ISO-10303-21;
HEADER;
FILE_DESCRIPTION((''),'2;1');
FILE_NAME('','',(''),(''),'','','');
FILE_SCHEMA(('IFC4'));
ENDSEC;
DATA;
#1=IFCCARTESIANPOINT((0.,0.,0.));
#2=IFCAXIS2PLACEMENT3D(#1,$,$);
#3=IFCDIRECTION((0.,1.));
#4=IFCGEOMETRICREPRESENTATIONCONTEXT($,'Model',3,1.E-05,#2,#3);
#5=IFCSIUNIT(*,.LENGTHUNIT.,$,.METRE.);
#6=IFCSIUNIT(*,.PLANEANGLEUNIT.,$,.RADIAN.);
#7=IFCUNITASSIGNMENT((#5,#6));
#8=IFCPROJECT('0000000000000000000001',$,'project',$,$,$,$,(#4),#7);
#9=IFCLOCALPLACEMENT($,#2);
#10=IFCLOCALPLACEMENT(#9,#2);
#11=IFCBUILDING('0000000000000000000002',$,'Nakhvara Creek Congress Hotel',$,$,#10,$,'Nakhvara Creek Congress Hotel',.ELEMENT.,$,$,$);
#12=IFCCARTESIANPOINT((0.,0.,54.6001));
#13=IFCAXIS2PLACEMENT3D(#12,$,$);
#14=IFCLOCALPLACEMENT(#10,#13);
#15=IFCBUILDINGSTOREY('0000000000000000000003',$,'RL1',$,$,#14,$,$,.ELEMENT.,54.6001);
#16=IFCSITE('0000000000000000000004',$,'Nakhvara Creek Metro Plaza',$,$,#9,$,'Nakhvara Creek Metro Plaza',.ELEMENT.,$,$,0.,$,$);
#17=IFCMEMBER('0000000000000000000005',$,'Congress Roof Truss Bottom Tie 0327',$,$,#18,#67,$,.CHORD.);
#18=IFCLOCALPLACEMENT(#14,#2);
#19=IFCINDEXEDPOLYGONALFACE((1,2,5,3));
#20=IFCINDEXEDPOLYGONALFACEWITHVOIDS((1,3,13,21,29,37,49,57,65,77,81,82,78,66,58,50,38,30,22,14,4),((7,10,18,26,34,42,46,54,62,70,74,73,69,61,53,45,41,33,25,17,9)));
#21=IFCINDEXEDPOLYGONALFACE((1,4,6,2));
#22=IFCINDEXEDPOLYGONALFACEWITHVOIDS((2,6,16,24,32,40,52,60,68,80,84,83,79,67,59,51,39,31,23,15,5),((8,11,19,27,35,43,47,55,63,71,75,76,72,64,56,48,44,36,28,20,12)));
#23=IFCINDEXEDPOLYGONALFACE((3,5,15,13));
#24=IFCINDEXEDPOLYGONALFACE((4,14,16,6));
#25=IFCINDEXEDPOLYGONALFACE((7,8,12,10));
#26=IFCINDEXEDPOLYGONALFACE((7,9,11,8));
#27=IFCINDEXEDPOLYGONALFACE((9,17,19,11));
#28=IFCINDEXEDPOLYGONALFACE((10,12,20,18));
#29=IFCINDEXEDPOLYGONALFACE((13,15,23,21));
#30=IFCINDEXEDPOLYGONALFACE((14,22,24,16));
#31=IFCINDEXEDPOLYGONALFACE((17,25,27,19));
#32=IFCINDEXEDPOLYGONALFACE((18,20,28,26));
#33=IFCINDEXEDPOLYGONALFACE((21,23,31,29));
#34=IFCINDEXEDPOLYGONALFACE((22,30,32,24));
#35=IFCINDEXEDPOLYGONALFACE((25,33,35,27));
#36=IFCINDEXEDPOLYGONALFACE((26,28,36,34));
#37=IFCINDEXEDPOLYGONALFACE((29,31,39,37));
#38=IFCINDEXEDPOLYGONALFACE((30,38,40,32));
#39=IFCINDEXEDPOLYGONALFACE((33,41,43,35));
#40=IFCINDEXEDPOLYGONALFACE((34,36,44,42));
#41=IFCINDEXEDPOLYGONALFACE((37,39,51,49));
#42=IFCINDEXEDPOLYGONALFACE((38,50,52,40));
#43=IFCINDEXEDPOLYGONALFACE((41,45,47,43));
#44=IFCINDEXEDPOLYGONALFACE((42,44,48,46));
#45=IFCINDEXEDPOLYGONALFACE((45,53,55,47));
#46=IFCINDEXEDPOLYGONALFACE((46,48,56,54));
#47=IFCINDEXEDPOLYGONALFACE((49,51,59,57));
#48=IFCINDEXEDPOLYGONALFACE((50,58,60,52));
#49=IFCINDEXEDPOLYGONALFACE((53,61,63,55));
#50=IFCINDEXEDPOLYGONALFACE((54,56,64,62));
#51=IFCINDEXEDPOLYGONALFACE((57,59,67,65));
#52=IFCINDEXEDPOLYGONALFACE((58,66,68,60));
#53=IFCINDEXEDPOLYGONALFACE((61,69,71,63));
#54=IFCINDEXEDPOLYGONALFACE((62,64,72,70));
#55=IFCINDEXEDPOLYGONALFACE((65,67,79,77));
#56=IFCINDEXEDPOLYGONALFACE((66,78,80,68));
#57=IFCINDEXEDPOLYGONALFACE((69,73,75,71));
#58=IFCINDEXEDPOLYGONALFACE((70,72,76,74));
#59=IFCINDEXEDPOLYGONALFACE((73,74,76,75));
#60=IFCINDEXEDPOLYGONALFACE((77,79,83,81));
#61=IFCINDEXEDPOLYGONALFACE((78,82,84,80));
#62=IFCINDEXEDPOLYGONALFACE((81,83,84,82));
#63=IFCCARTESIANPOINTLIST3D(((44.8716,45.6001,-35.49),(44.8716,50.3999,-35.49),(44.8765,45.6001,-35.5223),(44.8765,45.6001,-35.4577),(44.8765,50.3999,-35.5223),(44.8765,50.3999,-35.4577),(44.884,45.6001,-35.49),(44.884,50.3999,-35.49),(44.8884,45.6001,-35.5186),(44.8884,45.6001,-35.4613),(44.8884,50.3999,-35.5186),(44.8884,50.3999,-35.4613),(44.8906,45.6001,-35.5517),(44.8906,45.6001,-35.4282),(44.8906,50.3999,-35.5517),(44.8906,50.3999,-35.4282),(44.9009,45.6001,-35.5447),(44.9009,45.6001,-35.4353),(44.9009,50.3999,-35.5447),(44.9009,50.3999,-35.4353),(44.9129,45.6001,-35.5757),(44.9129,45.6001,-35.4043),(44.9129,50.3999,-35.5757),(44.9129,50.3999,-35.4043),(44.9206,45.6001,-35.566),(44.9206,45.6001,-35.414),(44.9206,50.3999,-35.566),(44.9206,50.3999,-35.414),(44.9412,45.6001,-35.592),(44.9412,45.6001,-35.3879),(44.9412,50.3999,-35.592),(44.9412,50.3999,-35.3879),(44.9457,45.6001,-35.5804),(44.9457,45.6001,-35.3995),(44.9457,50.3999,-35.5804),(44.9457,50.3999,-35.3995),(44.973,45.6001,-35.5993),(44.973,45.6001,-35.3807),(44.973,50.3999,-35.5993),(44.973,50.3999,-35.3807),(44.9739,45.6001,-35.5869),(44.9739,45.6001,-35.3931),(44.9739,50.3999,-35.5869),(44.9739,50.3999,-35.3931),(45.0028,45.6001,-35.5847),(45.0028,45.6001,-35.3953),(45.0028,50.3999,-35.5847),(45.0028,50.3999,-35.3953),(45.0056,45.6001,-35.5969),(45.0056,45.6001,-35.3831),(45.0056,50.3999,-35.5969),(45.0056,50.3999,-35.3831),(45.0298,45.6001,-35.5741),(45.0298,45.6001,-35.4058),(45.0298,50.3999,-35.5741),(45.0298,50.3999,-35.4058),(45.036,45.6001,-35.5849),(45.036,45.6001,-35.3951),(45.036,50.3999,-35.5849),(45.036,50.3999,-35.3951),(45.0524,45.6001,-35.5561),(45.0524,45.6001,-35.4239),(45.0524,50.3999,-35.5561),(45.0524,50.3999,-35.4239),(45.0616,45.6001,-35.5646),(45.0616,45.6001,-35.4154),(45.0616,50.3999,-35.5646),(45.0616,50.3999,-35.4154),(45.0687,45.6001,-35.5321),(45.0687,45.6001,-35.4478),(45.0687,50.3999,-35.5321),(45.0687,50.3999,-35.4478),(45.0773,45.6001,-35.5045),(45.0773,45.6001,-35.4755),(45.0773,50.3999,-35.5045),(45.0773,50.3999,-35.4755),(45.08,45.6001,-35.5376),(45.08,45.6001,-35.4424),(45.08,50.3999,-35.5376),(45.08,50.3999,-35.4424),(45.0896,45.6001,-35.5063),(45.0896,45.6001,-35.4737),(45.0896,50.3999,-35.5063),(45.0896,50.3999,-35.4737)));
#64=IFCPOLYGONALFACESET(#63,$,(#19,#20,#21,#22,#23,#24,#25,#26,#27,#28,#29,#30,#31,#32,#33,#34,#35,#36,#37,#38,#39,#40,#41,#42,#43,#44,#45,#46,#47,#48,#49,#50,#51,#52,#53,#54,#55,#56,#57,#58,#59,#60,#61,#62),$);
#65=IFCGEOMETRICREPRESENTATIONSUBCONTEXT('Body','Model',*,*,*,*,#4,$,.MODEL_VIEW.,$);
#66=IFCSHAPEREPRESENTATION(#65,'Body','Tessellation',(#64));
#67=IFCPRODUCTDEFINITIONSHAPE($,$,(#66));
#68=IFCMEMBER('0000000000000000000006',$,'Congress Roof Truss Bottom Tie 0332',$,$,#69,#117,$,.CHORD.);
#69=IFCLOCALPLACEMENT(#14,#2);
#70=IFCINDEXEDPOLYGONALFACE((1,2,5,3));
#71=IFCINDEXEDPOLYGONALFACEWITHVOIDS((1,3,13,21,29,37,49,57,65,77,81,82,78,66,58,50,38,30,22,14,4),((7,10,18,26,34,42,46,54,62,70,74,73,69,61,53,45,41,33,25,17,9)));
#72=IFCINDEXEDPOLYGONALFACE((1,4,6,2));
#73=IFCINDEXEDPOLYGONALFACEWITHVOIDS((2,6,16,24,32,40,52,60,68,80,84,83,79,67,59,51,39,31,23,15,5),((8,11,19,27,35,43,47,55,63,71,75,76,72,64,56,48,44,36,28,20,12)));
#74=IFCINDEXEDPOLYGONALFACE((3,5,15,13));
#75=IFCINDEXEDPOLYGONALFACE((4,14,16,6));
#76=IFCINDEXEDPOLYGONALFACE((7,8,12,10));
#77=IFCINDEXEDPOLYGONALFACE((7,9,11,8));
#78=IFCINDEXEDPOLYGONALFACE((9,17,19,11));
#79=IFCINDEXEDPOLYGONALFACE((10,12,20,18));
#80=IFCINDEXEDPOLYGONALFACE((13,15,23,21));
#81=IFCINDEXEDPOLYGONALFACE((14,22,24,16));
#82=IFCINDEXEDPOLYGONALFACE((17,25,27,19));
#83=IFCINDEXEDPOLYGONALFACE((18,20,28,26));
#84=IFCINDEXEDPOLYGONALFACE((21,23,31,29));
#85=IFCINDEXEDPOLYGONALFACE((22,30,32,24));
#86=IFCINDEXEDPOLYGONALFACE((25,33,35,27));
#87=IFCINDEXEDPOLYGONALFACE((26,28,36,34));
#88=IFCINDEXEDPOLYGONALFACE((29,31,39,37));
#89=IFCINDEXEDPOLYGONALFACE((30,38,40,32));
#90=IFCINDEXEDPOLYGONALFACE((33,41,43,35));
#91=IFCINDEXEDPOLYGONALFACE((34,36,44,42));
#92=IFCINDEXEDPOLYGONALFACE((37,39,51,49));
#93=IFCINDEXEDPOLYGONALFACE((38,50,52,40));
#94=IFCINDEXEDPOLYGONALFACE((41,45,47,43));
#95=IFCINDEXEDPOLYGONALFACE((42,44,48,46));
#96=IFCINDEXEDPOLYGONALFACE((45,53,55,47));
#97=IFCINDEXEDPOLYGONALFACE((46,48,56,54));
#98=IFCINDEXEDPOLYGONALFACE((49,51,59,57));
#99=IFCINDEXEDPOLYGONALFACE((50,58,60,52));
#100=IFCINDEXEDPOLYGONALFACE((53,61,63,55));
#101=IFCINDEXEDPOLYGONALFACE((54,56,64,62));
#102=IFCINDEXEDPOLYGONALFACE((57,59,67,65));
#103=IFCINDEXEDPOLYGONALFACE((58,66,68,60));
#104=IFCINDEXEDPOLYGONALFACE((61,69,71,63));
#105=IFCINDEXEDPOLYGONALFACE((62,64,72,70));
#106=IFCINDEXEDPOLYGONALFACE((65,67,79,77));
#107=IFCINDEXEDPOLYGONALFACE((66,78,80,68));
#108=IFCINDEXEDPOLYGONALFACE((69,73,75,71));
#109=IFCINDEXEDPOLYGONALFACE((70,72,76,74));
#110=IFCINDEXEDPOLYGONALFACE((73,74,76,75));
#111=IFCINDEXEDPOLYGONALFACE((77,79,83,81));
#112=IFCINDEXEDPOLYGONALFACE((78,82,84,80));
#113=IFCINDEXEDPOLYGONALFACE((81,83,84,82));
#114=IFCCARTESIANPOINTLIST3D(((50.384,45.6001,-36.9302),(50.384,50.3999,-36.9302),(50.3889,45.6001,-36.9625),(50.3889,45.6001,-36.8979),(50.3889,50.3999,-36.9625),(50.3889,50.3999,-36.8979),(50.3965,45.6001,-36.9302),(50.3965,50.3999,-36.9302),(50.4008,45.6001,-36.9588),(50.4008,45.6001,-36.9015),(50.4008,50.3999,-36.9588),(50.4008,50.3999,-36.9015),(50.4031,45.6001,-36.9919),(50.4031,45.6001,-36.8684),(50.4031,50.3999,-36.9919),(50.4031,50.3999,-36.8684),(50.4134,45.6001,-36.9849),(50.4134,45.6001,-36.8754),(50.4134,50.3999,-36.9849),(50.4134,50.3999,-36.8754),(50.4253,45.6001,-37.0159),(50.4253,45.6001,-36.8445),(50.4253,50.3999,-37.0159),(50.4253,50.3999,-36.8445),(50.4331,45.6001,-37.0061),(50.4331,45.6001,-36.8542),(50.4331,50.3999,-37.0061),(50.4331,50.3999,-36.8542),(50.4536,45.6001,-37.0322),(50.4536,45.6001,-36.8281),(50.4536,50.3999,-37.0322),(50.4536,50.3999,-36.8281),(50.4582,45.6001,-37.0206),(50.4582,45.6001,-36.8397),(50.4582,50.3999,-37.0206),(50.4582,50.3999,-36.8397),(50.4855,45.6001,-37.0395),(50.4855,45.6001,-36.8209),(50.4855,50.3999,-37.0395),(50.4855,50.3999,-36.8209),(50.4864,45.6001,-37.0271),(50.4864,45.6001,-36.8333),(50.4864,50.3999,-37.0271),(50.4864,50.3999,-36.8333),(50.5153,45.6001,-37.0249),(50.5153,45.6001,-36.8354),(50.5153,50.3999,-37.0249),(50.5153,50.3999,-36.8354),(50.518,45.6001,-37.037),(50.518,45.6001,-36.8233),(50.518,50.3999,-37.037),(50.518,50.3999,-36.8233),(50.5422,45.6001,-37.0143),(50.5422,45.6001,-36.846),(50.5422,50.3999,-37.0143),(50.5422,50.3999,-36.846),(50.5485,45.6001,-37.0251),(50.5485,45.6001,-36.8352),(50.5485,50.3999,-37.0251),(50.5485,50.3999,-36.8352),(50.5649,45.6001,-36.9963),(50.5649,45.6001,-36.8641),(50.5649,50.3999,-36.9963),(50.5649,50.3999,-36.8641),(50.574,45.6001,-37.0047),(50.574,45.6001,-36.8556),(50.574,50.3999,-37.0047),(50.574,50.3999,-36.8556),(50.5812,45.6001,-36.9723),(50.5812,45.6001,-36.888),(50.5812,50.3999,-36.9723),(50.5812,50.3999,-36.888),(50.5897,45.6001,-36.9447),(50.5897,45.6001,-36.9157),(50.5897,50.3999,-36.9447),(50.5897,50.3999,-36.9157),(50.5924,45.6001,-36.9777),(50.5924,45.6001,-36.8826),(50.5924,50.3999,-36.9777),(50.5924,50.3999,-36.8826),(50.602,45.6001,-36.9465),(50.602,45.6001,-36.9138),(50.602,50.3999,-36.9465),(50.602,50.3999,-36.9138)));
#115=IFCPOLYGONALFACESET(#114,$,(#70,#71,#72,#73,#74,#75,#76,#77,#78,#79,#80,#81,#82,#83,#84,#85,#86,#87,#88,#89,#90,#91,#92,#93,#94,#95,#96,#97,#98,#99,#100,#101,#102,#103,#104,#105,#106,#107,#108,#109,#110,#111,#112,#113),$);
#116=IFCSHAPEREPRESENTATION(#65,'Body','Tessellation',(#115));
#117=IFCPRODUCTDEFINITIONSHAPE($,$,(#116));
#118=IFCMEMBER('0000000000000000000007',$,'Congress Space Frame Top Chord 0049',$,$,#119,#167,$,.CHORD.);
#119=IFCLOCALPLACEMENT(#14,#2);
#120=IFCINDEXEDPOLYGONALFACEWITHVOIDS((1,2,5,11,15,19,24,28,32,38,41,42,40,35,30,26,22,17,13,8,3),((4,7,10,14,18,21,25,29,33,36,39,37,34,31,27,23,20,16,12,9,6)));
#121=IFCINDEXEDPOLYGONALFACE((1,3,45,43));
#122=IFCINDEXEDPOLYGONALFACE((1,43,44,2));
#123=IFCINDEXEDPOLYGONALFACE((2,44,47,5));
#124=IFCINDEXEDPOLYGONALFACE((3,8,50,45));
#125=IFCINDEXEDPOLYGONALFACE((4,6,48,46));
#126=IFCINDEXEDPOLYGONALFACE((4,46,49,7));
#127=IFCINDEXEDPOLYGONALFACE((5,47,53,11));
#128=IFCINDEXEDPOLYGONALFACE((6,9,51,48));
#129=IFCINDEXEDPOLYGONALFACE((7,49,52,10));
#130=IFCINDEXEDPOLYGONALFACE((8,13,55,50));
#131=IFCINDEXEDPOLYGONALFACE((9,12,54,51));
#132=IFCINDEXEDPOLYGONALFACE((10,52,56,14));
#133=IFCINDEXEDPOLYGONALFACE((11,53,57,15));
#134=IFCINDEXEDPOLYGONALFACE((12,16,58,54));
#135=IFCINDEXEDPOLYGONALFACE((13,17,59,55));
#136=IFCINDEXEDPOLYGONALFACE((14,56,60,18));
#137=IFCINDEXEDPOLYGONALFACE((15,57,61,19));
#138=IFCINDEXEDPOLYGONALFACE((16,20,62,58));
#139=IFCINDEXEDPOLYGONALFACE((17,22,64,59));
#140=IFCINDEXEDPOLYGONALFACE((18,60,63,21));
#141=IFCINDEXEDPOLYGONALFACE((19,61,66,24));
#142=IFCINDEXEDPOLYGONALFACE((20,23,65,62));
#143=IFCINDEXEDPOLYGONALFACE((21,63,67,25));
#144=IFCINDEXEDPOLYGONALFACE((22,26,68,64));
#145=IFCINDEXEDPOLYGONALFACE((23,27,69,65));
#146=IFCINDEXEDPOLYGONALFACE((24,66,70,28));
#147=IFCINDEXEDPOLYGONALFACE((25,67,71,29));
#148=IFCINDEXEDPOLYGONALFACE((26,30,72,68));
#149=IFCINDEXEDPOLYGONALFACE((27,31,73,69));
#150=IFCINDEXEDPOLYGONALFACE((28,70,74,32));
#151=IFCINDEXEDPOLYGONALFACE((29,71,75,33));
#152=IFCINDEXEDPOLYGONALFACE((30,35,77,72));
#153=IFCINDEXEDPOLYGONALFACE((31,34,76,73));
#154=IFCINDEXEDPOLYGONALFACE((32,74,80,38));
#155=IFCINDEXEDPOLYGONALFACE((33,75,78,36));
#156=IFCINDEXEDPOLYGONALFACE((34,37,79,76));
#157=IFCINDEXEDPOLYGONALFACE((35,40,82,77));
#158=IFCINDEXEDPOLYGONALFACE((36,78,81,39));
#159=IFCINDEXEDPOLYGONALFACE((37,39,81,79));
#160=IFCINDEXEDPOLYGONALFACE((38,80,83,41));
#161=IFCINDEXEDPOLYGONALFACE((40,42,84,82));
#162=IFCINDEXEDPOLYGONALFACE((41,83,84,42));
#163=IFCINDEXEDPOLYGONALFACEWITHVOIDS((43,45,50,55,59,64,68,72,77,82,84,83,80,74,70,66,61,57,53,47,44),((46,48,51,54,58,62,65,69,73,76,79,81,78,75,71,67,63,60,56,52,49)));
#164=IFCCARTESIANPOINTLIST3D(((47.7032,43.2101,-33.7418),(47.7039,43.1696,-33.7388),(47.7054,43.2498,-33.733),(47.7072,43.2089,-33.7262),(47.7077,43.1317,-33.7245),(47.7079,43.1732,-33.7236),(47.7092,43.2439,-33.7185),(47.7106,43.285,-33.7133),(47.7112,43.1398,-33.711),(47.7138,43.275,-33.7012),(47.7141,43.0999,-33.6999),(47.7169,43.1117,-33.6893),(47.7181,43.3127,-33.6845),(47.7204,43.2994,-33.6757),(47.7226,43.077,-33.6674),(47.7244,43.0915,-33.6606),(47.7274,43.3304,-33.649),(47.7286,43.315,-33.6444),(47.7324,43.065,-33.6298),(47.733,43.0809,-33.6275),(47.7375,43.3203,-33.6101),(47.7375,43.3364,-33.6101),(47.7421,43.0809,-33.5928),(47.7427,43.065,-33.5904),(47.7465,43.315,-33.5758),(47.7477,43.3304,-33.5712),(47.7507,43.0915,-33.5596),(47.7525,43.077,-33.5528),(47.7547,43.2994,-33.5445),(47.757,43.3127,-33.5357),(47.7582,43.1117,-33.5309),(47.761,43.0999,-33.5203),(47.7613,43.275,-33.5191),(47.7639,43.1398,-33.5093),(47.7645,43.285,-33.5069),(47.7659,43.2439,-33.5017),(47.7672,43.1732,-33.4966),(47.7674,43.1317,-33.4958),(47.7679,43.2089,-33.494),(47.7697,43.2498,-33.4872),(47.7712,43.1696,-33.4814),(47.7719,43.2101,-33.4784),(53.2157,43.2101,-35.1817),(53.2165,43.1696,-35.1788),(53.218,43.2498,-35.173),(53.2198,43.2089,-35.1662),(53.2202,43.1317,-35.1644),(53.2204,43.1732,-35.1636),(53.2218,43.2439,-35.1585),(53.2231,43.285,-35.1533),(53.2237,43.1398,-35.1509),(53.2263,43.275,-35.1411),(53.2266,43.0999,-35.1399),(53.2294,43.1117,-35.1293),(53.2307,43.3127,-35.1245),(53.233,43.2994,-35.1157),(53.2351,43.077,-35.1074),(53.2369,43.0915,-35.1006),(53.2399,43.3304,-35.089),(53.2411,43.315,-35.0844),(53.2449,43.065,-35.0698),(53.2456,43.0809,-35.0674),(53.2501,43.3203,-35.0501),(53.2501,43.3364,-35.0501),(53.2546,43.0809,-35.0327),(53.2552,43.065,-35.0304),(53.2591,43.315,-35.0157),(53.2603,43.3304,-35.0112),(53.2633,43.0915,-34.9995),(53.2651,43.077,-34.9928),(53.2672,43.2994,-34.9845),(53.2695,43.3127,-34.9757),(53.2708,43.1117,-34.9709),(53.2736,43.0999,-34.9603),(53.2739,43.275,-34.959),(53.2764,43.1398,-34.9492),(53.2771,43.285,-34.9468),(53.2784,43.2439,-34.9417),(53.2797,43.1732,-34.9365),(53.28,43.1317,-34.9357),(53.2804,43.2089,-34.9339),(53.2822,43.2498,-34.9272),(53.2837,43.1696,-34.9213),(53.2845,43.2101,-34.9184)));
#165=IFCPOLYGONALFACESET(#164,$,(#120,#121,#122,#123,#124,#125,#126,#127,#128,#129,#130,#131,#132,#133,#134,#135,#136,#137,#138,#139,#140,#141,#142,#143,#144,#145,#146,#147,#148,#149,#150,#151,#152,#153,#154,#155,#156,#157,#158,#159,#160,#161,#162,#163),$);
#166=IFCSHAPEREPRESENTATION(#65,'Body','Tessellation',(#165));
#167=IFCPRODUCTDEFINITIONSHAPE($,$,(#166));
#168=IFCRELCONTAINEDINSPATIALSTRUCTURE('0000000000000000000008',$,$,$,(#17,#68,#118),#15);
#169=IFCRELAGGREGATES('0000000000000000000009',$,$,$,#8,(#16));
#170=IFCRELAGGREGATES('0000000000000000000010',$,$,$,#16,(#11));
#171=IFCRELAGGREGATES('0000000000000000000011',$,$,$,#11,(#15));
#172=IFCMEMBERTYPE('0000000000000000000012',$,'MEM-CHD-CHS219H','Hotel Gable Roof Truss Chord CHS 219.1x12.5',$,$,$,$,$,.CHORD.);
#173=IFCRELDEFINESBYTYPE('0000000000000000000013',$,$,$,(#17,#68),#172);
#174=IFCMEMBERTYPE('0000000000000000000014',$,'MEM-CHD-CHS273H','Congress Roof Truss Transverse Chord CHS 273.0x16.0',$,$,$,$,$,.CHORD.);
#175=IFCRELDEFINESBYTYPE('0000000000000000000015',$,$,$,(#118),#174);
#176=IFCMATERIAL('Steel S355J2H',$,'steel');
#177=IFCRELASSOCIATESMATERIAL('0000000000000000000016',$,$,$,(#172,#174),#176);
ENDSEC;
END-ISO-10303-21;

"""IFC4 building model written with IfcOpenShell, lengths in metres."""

from ifc_helpers import new_model, si_unit, direction, frame, origin, origin_2d, place, context, subcontext, project, spatial, hollow_circle, extrude, material, material_profile, profile_set, type_object, element, save


model = new_model("IFC4")

# Units and contexts
model_context = context("Model", 3, precision=1e-05, world=origin(), true_north=direction((0.0, 1.0)))
body_context = subcontext(model_context, "Body", "Model", "MODEL_VIEW")
ifc_project = project(units=[si_unit("LENGTHUNIT", "METRE"), si_unit("PLANEANGLEUNIT", "RADIAN")], contexts=[model_context])

# Site, building, storey
site_placement = place(None, origin())
site = spatial("IfcSite", under=ifc_project, at=site_placement, Name="Nakhvara Creek Metro Plaza", LongName="Nakhvara Creek Metro Plaza", CompositionType="ELEMENT", RefElevation=0.0)
building_placement = place(site_placement, origin())
building = spatial("IfcBuilding", under=site, at=building_placement, Name="Nakhvara Creek Congress Hotel", LongName="Nakhvara Creek Congress Hotel", CompositionType="ELEMENT")
storey_placement = place(building_placement, frame((0.0, 0.0, 54.6001)))
storey = spatial("IfcBuildingStorey", under=building, at=storey_placement, Name="RL1", CompositionType="ELEMENT", Elevation=54.6001)

# Members
ifc_material_1 = material(Name="Steel S355J2H", Category="steel")
ifc_material_profile_1 = material_profile(ifc_material_1, hollow_circle(Radius=0.1096, WallThickness=0.0125, at=origin_2d()), Name="CHS 219.1x12.5", Category="LoadBearing")
ifc_profile_set_1 = profile_set([ifc_material_profile_1], Name="Steel S355J2H")
member_type_1 = type_object("IfcMemberType", Name="MEM-CHD-CHS219H", Description="Hotel Gable Roof Truss Chord CHS 219.1x12.5", PredefinedType="CHORD", material=ifc_profile_set_1)
for number, where, z_axis, x_axis, name in (
    (1, (44.9812, 45.6001, -35.49), (0.0, 1.0, 0.0), (-1.0, 0.0, 0.0), "Congress Roof Truss Bottom Tie 0327"),
    (2, (50.4937, 45.6001, -36.9302), (0.0, 1.0, 0.0), (-1.0, 0.0, 0.0), "Congress Roof Truss Bottom Tie 0332"),
):
    element("IfcMember", number, at=place(storey_placement, frame(where, z_axis=z_axis, x_axis=x_axis)), inside=storey, type_object=member_type_1, Name=name, PredefinedType="CHORD", context=body_context, shape_type="SweptSolid", body=[
        extrude(hollow_circle(Radius=0.1096, WallThickness=0.0125, at=origin_2d()), origin(), (0.0, 0.0, 1.0), 4.7998),
    ])
ifc_material_profile_2 = material_profile(ifc_material_1, hollow_circle(Radius=0.1365, WallThickness=0.0161, at=origin_2d()), Name="CHS 273.0x16.0", Category="LoadBearing")
ifc_profile_set_2 = profile_set([ifc_material_profile_2], Name="Steel S355J2H")
member_type_2 = type_object("IfcMemberType", Name="MEM-CHD-CHS273H", Description="Congress Roof Truss Transverse Chord CHS 273.0x16.0", PredefinedType="CHORD", material=ifc_profile_set_2)
member_1_placement = place(storey_placement, frame((47.7375, 43.2, -33.6101), z_axis=(0.967535, 0.0, -0.252736), x_axis=(0.0, 1.0, 0.0)))
element("IfcMember", 3, at=member_1_placement, inside=storey, type_object=member_type_2, Name="Congress Space Frame Top Chord 0049", PredefinedType="CHORD", context=body_context, shape_type="SweptSolid", body=[
    extrude(hollow_circle(Radius=0.1365, WallThickness=0.0161, at=origin_2d()), origin(), (0.0, 0.0, 1.0), 5.6975),
])

save(model, "model.ifc")
